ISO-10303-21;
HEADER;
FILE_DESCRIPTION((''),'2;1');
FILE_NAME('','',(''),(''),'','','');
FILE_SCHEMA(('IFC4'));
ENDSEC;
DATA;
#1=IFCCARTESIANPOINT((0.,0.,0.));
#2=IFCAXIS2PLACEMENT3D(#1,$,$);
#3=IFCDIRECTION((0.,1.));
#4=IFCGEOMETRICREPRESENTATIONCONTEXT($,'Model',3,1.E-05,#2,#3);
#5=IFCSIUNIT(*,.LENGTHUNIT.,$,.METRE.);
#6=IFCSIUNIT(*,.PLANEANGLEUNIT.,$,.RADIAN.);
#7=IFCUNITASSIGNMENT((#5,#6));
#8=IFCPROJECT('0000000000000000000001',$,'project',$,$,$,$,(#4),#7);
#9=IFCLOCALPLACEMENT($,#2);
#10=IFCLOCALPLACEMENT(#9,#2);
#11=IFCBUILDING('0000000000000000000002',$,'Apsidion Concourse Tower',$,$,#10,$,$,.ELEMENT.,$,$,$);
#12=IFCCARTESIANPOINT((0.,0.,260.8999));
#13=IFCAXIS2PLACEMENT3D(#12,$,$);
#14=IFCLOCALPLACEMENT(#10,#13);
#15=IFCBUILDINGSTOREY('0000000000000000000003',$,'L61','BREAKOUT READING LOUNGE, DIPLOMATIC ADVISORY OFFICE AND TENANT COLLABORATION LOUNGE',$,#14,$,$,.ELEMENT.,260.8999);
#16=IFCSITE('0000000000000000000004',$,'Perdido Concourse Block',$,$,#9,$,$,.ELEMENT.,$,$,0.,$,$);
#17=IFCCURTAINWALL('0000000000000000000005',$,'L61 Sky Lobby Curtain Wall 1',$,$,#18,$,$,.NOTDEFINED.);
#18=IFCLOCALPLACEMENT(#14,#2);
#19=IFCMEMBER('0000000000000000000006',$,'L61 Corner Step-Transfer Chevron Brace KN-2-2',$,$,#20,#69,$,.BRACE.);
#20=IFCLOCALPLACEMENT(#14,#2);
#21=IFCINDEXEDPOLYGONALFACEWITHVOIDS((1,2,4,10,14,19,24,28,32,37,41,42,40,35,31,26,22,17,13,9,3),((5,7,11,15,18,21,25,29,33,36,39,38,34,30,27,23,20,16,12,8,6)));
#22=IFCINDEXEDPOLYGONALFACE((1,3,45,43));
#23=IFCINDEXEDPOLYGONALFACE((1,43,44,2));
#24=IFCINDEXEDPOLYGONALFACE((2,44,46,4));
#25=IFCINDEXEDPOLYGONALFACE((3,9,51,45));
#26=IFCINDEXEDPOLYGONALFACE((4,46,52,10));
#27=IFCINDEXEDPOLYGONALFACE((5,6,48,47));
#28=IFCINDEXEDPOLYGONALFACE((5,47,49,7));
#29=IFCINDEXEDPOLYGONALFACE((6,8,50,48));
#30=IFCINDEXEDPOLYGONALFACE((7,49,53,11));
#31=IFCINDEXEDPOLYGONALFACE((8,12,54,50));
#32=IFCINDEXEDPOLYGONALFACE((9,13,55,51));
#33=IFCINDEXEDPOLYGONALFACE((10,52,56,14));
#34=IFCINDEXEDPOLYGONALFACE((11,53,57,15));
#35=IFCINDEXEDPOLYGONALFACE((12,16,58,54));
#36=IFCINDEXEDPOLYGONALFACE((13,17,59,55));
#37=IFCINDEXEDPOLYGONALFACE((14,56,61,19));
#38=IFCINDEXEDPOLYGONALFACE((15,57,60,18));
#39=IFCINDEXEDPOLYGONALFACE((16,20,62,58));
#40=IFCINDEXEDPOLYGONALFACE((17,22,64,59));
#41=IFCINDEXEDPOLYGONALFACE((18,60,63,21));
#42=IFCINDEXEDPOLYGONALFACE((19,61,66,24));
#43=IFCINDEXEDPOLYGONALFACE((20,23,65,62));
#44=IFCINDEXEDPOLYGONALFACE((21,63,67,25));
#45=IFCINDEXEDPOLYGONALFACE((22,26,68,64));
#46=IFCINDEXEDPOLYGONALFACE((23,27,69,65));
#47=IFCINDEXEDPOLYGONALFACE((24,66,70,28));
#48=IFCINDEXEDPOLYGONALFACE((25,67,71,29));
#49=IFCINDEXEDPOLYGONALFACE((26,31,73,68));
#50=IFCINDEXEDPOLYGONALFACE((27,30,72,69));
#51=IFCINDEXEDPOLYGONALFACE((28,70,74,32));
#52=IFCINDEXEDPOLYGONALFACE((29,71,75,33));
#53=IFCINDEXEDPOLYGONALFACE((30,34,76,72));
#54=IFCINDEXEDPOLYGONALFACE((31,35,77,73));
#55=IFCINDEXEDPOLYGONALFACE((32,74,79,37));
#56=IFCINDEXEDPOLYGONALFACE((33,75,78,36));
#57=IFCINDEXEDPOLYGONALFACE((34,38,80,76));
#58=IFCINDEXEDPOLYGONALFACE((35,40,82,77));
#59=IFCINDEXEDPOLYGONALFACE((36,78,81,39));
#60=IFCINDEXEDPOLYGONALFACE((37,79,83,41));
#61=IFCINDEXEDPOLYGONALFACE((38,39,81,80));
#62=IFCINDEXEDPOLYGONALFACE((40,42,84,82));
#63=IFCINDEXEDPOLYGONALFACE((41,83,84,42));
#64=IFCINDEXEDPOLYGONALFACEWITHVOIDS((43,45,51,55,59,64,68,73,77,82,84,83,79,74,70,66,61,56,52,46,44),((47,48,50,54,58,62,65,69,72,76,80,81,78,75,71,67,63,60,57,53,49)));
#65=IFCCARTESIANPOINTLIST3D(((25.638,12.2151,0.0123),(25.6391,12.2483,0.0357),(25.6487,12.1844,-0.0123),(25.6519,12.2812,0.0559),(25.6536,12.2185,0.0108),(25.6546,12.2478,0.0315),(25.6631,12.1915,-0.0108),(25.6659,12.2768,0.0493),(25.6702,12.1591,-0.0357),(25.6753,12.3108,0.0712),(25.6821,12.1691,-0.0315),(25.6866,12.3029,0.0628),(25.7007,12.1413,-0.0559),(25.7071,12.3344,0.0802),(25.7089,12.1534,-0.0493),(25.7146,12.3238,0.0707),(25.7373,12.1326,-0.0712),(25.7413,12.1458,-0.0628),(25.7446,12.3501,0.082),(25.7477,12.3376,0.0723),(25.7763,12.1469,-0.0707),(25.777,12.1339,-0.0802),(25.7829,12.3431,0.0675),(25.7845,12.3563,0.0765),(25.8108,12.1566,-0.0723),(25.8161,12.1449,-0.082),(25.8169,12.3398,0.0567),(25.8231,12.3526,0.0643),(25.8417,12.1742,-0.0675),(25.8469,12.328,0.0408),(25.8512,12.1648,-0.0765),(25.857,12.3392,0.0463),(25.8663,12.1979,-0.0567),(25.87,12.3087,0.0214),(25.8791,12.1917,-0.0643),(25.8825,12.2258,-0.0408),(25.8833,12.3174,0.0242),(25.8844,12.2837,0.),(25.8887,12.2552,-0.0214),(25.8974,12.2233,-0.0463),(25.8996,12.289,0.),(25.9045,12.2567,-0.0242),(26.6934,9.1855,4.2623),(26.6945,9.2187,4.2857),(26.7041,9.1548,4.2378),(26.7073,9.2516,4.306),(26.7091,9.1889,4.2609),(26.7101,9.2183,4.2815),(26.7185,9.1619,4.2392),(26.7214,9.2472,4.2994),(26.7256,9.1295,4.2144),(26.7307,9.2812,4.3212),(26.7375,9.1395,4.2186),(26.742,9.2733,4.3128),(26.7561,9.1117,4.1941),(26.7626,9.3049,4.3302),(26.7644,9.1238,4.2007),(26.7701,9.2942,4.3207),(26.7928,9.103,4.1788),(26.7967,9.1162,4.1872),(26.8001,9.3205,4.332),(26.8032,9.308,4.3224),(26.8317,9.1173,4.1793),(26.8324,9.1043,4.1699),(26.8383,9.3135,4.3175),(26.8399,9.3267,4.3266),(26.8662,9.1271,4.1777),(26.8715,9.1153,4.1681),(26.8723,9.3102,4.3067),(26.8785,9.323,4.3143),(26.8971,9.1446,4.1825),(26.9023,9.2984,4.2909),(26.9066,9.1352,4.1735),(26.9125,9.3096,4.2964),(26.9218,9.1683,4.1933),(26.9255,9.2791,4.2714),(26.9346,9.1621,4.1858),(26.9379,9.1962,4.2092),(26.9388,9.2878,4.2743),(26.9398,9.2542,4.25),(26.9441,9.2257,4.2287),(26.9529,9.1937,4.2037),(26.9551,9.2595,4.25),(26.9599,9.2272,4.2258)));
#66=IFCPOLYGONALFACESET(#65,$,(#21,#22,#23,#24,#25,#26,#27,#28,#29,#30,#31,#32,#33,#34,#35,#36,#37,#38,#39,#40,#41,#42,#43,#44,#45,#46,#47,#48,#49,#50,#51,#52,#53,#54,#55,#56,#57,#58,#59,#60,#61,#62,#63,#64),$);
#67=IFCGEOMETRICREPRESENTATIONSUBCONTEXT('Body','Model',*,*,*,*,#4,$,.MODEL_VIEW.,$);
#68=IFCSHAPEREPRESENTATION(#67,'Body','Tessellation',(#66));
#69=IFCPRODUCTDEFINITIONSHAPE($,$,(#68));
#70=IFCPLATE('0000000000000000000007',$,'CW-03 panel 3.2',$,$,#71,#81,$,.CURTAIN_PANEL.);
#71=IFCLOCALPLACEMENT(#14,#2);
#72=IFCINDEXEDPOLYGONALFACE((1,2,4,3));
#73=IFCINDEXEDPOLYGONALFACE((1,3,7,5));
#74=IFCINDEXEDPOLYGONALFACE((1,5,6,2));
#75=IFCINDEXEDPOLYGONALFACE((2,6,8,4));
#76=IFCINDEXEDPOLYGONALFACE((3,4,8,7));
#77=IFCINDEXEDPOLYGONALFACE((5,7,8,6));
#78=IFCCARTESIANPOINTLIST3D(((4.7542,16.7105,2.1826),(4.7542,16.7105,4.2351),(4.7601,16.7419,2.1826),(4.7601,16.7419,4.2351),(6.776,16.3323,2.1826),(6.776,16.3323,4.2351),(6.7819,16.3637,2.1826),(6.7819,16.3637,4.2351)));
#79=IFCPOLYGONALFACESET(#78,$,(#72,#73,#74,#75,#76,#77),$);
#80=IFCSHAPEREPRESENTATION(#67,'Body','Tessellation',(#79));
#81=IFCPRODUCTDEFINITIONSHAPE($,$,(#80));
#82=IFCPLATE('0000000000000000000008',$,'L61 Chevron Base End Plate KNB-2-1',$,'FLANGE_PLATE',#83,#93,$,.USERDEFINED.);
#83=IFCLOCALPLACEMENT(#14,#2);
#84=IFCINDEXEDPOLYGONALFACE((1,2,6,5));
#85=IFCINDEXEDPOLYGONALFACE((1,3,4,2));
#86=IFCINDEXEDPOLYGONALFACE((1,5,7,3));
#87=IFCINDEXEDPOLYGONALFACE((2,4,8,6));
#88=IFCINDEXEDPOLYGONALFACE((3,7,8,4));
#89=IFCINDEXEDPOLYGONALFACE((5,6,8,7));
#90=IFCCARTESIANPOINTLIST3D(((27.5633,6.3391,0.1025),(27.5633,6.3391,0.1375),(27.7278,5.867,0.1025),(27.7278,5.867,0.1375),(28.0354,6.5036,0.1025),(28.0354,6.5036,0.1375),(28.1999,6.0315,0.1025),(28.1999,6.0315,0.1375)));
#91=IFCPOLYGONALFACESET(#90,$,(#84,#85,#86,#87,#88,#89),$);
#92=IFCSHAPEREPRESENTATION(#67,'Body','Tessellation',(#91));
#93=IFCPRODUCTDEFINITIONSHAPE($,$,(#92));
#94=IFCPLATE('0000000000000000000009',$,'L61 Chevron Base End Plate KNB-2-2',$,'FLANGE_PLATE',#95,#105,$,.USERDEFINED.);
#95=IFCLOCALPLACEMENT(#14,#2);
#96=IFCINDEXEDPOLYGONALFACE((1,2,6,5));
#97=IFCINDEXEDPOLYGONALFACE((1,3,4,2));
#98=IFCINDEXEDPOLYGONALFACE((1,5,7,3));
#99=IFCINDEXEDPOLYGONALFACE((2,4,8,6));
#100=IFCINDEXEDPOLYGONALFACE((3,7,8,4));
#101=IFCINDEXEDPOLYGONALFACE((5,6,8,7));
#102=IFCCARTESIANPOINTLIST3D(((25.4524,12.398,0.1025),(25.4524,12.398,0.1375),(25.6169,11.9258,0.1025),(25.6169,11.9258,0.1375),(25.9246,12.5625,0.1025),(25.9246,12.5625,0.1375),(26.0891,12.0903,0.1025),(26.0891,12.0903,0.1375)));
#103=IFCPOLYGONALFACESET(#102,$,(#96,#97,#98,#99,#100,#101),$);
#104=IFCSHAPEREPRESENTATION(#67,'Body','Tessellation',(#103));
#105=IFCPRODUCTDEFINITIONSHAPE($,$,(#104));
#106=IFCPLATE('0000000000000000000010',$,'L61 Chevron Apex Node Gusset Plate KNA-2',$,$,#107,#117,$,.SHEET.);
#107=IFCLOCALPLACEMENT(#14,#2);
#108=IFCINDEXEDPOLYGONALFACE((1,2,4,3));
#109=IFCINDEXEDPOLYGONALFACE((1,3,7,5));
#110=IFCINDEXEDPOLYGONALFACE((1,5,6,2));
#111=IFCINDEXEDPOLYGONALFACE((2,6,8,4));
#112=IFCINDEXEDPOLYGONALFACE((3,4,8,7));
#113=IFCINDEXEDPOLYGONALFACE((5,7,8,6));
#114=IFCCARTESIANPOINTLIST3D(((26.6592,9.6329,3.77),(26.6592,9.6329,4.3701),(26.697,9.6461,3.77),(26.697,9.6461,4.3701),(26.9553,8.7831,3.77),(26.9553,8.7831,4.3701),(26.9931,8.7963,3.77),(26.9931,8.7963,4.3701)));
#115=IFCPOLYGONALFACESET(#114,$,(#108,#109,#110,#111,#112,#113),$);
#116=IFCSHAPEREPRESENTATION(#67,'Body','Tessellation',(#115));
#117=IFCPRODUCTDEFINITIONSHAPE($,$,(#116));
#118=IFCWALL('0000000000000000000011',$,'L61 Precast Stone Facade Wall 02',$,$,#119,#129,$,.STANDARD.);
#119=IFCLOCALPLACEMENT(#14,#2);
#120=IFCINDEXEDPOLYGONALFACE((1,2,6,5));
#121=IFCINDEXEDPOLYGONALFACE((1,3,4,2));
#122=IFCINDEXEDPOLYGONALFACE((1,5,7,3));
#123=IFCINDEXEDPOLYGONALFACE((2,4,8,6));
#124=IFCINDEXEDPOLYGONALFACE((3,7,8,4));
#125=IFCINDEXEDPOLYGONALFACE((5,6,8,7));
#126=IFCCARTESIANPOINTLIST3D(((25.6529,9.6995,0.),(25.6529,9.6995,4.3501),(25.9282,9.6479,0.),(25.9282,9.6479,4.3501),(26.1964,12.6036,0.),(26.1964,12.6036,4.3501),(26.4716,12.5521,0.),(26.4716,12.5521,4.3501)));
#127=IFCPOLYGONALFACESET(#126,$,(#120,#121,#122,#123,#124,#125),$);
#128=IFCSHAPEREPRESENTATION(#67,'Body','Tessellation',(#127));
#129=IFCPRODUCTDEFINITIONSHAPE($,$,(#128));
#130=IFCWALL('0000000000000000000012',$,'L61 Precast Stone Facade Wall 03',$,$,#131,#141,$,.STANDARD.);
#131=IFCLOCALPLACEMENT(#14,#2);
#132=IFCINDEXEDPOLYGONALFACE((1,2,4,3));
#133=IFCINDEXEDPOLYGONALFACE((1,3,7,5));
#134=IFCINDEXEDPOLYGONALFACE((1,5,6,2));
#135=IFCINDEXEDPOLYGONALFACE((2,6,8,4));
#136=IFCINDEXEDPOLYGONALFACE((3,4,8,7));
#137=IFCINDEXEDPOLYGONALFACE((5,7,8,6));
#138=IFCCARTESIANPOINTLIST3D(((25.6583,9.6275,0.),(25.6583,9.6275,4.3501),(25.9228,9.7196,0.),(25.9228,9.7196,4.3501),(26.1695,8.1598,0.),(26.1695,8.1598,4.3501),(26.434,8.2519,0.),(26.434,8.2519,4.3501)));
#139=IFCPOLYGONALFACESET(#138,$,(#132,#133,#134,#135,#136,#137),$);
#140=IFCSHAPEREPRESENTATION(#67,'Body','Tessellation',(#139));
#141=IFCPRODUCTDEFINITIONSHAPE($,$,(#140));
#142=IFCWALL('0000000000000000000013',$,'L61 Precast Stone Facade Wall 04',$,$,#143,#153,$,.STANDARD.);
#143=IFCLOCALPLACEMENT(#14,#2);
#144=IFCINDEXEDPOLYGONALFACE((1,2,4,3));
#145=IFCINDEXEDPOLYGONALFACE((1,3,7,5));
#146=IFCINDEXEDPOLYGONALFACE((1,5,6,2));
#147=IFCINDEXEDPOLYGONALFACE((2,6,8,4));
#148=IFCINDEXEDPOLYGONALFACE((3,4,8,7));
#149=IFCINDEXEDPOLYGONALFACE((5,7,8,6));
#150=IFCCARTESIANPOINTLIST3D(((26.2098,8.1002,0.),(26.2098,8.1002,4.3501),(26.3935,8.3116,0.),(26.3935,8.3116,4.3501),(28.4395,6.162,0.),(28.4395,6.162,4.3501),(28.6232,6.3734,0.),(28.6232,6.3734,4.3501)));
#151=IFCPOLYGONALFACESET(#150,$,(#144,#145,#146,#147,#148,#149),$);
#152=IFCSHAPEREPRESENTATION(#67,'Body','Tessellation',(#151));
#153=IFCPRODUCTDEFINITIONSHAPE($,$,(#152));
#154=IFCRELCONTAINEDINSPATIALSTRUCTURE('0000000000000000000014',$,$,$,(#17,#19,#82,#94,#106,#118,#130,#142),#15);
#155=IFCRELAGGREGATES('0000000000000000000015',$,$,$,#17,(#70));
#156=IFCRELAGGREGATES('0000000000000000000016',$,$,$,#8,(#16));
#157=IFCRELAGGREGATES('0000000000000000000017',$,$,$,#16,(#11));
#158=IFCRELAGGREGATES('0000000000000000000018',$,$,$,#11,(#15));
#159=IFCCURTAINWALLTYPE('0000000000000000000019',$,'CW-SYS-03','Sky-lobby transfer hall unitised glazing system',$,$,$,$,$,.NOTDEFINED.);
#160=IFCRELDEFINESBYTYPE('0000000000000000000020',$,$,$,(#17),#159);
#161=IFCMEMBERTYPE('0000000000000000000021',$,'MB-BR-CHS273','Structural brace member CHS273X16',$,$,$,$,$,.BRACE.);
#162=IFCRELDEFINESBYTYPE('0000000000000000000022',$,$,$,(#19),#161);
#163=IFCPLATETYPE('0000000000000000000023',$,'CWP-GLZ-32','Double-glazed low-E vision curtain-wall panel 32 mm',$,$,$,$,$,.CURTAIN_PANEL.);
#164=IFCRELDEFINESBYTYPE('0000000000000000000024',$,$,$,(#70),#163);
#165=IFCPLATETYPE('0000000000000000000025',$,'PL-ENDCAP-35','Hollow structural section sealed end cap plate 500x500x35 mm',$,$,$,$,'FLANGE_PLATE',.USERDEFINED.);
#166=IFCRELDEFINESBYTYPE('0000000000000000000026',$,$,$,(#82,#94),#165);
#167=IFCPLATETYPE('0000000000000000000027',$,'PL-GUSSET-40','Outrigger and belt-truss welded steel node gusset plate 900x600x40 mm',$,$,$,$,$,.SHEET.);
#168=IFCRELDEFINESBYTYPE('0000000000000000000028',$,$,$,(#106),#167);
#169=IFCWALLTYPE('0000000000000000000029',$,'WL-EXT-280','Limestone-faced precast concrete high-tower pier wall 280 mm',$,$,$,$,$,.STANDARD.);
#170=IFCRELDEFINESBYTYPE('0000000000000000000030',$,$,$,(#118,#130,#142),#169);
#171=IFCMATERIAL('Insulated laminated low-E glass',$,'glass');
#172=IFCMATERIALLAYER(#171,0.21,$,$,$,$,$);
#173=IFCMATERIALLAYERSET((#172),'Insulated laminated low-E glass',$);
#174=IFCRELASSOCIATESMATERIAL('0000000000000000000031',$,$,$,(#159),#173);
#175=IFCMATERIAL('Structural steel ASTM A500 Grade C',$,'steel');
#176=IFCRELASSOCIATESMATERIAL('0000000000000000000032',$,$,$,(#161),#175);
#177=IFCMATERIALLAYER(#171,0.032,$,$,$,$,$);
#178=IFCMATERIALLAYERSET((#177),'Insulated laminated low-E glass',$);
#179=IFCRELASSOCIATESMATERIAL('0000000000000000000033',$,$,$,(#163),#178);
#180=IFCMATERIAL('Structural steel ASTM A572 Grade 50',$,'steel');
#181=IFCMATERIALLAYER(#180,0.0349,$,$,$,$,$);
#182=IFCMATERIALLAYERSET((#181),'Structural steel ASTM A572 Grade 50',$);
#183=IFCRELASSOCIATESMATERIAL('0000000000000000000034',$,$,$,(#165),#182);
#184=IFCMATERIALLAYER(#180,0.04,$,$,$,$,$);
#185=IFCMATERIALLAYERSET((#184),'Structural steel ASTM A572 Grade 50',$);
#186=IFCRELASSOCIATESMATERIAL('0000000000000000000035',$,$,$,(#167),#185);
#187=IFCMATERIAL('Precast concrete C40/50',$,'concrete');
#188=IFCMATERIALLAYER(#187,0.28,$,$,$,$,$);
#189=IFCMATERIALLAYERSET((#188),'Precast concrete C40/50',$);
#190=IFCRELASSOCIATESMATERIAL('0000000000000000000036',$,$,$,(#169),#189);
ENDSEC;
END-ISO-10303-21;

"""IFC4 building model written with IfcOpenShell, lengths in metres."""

from ifc_helpers import new_model, si_unit, direction, frame, frame_2d, origin, origin_2d, place, context, subcontext, project, spatial, rectangle, hollow_circle, extrude, material, layer, layer_set, material_profile, profile_set, type_object, element, aggregate, save


model = new_model("IFC4")

# Units and contexts
model_context = context("Model", 3, precision=1e-05, world=origin(), true_north=direction((0.0, 1.0)))
body_context = subcontext(model_context, "Body", "Model", "MODEL_VIEW")
ifc_project = project(units=[si_unit("LENGTHUNIT", "METRE"), si_unit("PLANEANGLEUNIT", "RADIAN")], contexts=[model_context])

# Site, building, storey
site_placement = place(None, origin())
site = spatial("IfcSite", under=ifc_project, at=site_placement, Name="Perdido Concourse Block", CompositionType="ELEMENT", RefElevation=0.0)
building_placement = place(site_placement, origin())
building = spatial("IfcBuilding", under=site, at=building_placement, Name="Apsidion Concourse Tower", CompositionType="ELEMENT")
storey_placement = place(building_placement, frame((0.0, 0.0, 260.8999)))
storey = spatial("IfcBuildingStorey", under=building, at=storey_placement, Name="L61", Description="BREAKOUT READING LOUNGE, DIPLOMATIC ADVISORY OFFICE AND TENANT COLLABORATION LOUNGE", CompositionType="ELEMENT", Elevation=260.8999)

# Curtain wall
ifc_material_1 = material(Name="Insulated laminated low-E glass", Category="glass")
ifc_layer_1 = layer(ifc_material_1, 0.21)
ifc_layer_set_1 = layer_set([ifc_layer_1], Name="Insulated laminated low-E glass")
curtain_wall_type = type_object("IfcCurtainWallType", Name="CW-SYS-03", Description="Sky-lobby transfer hall unitised glazing system", PredefinedType="NOTDEFINED", material=ifc_layer_set_1)
curtain_wall_placement = place(storey_placement, origin())
curtain_wall = element("IfcCurtainWall", 1, at=curtain_wall_placement, inside=storey, type_object=curtain_wall_type, Name="L61 Sky Lobby Curtain Wall 1", PredefinedType="NOTDEFINED")

# Member
ifc_material_2 = material(Name="Structural steel ASTM A500 Grade C", Category="steel")
ifc_material_profile_1 = material_profile(ifc_material_2, hollow_circle(Radius=0.1365, WallThickness=0.0161, at=origin_2d()), Name="CHS273X16")
ifc_profile_set_1 = profile_set([ifc_material_profile_1], Name="Structural steel ASTM A500 Grade C")
member_type_1 = type_object("IfcMemberType", Name="MB-BR-CHS273", Description="Structural brace member CHS273X16", PredefinedType="BRACE", material=ifc_profile_set_1)
member_1_placement = place(storey_placement, frame((25.7708, 12.2441, 0.0), z_axis=(0.198205, -0.568939, 0.798137), x_axis=(0.944335, 0.328984, 0.0)))
element("IfcMember", 2, at=member_1_placement, inside=storey, type_object=member_type_1, Name="L61 Corner Step-Transfer Chevron Brace KN-2-2", PredefinedType="BRACE", context=body_context, shape_type="SweptSolid", body=[
    extrude(hollow_circle(Radius=0.1365, WallThickness=0.0161, at=origin_2d()), origin(), (0.0, 0.0, 1.0), 5.325),
])

# Plate
ifc_layer_2 = layer(ifc_material_1, 0.032)
ifc_layer_set_2 = layer_set([ifc_layer_2], Name="Insulated laminated low-E glass")
plate_type_1 = type_object("IfcPlateType", Name="CWP-GLZ-32", Description="Double-glazed low-E vision curtain-wall panel 32 mm", PredefinedType="CURTAIN_PANEL", material=ifc_layer_set_2)
plate_1_placement = place(storey_placement, frame((5.7681, 16.5371, 2.1826), z_axis=(0.0, 0.0, 1.0), x_axis=(0.982948, -0.183883, 0.0)))
plate_1 = element("IfcPlate", 3, at=plate_1_placement, type_object=plate_type_1, Name="CW-03 panel 3.2", PredefinedType="CURTAIN_PANEL", context=body_context, shape_type="SweptSolid", body=[
    extrude(rectangle(XDim=2.0569, YDim=0.032, at=origin_2d()), origin(), (0.0, 0.0, 1.0), 2.0525),
])
aggregate(curtain_wall, [plate_1])

# Plates
ifc_material_3 = material(Name="Structural steel ASTM A572 Grade 50", Category="steel")
ifc_layer_3 = layer(ifc_material_3, 0.0349)
ifc_layer_set_3 = layer_set([ifc_layer_3], Name="Structural steel ASTM A572 Grade 50")
plate_type_2 = type_object("IfcPlateType", Name="PL-ENDCAP-35", Description="Hollow structural section sealed end cap plate 500x500x35 mm", ElementType="FLANGE_PLATE", PredefinedType="USERDEFINED", material=ifc_layer_set_3)
for number, where, z_axis, x_axis, name in (
    (4, (27.8816, 6.1853, 0.1025), (0.0, 0.0, 1.0), (-0.329031, 0.944319, 0.0), "L61 Chevron Base End Plate KNB-2-1"),
    (5, (25.7708, 12.2441, 0.1025), (0.0, 0.0, 1.0), (-0.329031, 0.944319, 0.0), "L61 Chevron Base End Plate KNB-2-2"),
):
    element("IfcPlate", number, at=place(storey_placement, frame(where, z_axis=z_axis, x_axis=x_axis)), inside=storey, type_object=plate_type_2, Name=name, ObjectType="FLANGE_PLATE", PredefinedType="USERDEFINED", context=body_context, shape_type="SweptSolid", body=[
        extrude(rectangle(XDim=0.5, YDim=0.5, at=origin_2d()), origin(), (0.0, 0.0, 1.0), 0.0349),
    ])
ifc_layer_4 = layer(ifc_material_3, 0.04)
ifc_layer_set_4 = layer_set([ifc_layer_4], Name="Structural steel ASTM A572 Grade 50")
plate_type_3 = type_object("IfcPlateType", Name="PL-GUSSET-40", Description="Outrigger and belt-truss welded steel node gusset plate 900x600x40 mm", PredefinedType="SHEET", material=ifc_layer_set_4)
plate_2_placement = place(storey_placement, frame((26.8262, 9.2146, 3.77), z_axis=(0.0, 0.0, 1.0), x_axis=(-0.329031, 0.944319, 0.0)))
element("IfcPlate", 6, at=plate_2_placement, inside=storey, type_object=plate_type_3, Name="L61 Chevron Apex Node Gusset Plate KNA-2", PredefinedType="SHEET", context=body_context, shape_type="SweptSolid", body=[
    extrude(rectangle(XDim=0.8999, YDim=0.04, at=origin_2d()), origin(), (0.0, 0.0, 1.0), 0.6001),
])

# Walls
ifc_material_4 = material(Name="Precast concrete C40/50", Category="concrete")
ifc_layer_5 = layer(ifc_material_4, 0.28)
ifc_layer_set_5 = layer_set([ifc_layer_5], Name="Precast concrete C40/50")
wall_type_1 = type_object("IfcWallType", Name="WL-EXT-280", Description="Limestone-faced precast concrete high-tower pier wall 280 mm", PredefinedType="STANDARD", material=ifc_layer_set_5)
wall_1_placement = place(storey_placement, frame((26.334, 12.5779, 0.0), z_axis=(0.0, 0.0, 1.0), x_axis=(-0.183929, -0.982939, 0.0)))
element("IfcWall", 7, at=wall_1_placement, inside=storey, type_object=wall_type_1, Name="L61 Precast Stone Facade Wall 02", PredefinedType="STANDARD", context=body_context, shape_type="SweptSolid", body=[
    extrude(rectangle(XDim=2.9546, YDim=0.28, at=frame_2d((1.4773, 0.0))), origin(), (0.0, 0.0, 1.0), 4.3501),
])
wall_2_placement = place(storey_placement, frame((25.7905, 9.6736, 0.0), z_axis=(0.0, 0.0, 1.0), x_axis=(0.328923, -0.944357, 0.0)))
element("IfcWall", 8, at=wall_2_placement, inside=storey, type_object=wall_type_1, Name="L61 Precast Stone Facade Wall 03", PredefinedType="STANDARD", context=body_context, shape_type="SweptSolid", body=[
    extrude(rectangle(XDim=1.5542, YDim=0.28, at=frame_2d((0.7771, 0.0))), origin(), (0.0, 0.0, 1.0), 4.3501),
])
wall_3_placement = place(storey_placement, frame((26.3018, 8.2058, 0.0), z_axis=(0.0, 0.0, 1.0), x_axis=(0.754718, -0.65605, 0.0)))
element("IfcWall", 9, at=wall_3_placement, inside=storey, type_object=wall_type_1, Name="L61 Precast Stone Facade Wall 04", PredefinedType="STANDARD", context=body_context, shape_type="SweptSolid", body=[
    extrude(rectangle(XDim=2.9543, YDim=0.28, at=frame_2d((1.4771, 0.0))), origin(), (0.0, 0.0, 1.0), 4.3501),
])

save(model, "model.ifc")
